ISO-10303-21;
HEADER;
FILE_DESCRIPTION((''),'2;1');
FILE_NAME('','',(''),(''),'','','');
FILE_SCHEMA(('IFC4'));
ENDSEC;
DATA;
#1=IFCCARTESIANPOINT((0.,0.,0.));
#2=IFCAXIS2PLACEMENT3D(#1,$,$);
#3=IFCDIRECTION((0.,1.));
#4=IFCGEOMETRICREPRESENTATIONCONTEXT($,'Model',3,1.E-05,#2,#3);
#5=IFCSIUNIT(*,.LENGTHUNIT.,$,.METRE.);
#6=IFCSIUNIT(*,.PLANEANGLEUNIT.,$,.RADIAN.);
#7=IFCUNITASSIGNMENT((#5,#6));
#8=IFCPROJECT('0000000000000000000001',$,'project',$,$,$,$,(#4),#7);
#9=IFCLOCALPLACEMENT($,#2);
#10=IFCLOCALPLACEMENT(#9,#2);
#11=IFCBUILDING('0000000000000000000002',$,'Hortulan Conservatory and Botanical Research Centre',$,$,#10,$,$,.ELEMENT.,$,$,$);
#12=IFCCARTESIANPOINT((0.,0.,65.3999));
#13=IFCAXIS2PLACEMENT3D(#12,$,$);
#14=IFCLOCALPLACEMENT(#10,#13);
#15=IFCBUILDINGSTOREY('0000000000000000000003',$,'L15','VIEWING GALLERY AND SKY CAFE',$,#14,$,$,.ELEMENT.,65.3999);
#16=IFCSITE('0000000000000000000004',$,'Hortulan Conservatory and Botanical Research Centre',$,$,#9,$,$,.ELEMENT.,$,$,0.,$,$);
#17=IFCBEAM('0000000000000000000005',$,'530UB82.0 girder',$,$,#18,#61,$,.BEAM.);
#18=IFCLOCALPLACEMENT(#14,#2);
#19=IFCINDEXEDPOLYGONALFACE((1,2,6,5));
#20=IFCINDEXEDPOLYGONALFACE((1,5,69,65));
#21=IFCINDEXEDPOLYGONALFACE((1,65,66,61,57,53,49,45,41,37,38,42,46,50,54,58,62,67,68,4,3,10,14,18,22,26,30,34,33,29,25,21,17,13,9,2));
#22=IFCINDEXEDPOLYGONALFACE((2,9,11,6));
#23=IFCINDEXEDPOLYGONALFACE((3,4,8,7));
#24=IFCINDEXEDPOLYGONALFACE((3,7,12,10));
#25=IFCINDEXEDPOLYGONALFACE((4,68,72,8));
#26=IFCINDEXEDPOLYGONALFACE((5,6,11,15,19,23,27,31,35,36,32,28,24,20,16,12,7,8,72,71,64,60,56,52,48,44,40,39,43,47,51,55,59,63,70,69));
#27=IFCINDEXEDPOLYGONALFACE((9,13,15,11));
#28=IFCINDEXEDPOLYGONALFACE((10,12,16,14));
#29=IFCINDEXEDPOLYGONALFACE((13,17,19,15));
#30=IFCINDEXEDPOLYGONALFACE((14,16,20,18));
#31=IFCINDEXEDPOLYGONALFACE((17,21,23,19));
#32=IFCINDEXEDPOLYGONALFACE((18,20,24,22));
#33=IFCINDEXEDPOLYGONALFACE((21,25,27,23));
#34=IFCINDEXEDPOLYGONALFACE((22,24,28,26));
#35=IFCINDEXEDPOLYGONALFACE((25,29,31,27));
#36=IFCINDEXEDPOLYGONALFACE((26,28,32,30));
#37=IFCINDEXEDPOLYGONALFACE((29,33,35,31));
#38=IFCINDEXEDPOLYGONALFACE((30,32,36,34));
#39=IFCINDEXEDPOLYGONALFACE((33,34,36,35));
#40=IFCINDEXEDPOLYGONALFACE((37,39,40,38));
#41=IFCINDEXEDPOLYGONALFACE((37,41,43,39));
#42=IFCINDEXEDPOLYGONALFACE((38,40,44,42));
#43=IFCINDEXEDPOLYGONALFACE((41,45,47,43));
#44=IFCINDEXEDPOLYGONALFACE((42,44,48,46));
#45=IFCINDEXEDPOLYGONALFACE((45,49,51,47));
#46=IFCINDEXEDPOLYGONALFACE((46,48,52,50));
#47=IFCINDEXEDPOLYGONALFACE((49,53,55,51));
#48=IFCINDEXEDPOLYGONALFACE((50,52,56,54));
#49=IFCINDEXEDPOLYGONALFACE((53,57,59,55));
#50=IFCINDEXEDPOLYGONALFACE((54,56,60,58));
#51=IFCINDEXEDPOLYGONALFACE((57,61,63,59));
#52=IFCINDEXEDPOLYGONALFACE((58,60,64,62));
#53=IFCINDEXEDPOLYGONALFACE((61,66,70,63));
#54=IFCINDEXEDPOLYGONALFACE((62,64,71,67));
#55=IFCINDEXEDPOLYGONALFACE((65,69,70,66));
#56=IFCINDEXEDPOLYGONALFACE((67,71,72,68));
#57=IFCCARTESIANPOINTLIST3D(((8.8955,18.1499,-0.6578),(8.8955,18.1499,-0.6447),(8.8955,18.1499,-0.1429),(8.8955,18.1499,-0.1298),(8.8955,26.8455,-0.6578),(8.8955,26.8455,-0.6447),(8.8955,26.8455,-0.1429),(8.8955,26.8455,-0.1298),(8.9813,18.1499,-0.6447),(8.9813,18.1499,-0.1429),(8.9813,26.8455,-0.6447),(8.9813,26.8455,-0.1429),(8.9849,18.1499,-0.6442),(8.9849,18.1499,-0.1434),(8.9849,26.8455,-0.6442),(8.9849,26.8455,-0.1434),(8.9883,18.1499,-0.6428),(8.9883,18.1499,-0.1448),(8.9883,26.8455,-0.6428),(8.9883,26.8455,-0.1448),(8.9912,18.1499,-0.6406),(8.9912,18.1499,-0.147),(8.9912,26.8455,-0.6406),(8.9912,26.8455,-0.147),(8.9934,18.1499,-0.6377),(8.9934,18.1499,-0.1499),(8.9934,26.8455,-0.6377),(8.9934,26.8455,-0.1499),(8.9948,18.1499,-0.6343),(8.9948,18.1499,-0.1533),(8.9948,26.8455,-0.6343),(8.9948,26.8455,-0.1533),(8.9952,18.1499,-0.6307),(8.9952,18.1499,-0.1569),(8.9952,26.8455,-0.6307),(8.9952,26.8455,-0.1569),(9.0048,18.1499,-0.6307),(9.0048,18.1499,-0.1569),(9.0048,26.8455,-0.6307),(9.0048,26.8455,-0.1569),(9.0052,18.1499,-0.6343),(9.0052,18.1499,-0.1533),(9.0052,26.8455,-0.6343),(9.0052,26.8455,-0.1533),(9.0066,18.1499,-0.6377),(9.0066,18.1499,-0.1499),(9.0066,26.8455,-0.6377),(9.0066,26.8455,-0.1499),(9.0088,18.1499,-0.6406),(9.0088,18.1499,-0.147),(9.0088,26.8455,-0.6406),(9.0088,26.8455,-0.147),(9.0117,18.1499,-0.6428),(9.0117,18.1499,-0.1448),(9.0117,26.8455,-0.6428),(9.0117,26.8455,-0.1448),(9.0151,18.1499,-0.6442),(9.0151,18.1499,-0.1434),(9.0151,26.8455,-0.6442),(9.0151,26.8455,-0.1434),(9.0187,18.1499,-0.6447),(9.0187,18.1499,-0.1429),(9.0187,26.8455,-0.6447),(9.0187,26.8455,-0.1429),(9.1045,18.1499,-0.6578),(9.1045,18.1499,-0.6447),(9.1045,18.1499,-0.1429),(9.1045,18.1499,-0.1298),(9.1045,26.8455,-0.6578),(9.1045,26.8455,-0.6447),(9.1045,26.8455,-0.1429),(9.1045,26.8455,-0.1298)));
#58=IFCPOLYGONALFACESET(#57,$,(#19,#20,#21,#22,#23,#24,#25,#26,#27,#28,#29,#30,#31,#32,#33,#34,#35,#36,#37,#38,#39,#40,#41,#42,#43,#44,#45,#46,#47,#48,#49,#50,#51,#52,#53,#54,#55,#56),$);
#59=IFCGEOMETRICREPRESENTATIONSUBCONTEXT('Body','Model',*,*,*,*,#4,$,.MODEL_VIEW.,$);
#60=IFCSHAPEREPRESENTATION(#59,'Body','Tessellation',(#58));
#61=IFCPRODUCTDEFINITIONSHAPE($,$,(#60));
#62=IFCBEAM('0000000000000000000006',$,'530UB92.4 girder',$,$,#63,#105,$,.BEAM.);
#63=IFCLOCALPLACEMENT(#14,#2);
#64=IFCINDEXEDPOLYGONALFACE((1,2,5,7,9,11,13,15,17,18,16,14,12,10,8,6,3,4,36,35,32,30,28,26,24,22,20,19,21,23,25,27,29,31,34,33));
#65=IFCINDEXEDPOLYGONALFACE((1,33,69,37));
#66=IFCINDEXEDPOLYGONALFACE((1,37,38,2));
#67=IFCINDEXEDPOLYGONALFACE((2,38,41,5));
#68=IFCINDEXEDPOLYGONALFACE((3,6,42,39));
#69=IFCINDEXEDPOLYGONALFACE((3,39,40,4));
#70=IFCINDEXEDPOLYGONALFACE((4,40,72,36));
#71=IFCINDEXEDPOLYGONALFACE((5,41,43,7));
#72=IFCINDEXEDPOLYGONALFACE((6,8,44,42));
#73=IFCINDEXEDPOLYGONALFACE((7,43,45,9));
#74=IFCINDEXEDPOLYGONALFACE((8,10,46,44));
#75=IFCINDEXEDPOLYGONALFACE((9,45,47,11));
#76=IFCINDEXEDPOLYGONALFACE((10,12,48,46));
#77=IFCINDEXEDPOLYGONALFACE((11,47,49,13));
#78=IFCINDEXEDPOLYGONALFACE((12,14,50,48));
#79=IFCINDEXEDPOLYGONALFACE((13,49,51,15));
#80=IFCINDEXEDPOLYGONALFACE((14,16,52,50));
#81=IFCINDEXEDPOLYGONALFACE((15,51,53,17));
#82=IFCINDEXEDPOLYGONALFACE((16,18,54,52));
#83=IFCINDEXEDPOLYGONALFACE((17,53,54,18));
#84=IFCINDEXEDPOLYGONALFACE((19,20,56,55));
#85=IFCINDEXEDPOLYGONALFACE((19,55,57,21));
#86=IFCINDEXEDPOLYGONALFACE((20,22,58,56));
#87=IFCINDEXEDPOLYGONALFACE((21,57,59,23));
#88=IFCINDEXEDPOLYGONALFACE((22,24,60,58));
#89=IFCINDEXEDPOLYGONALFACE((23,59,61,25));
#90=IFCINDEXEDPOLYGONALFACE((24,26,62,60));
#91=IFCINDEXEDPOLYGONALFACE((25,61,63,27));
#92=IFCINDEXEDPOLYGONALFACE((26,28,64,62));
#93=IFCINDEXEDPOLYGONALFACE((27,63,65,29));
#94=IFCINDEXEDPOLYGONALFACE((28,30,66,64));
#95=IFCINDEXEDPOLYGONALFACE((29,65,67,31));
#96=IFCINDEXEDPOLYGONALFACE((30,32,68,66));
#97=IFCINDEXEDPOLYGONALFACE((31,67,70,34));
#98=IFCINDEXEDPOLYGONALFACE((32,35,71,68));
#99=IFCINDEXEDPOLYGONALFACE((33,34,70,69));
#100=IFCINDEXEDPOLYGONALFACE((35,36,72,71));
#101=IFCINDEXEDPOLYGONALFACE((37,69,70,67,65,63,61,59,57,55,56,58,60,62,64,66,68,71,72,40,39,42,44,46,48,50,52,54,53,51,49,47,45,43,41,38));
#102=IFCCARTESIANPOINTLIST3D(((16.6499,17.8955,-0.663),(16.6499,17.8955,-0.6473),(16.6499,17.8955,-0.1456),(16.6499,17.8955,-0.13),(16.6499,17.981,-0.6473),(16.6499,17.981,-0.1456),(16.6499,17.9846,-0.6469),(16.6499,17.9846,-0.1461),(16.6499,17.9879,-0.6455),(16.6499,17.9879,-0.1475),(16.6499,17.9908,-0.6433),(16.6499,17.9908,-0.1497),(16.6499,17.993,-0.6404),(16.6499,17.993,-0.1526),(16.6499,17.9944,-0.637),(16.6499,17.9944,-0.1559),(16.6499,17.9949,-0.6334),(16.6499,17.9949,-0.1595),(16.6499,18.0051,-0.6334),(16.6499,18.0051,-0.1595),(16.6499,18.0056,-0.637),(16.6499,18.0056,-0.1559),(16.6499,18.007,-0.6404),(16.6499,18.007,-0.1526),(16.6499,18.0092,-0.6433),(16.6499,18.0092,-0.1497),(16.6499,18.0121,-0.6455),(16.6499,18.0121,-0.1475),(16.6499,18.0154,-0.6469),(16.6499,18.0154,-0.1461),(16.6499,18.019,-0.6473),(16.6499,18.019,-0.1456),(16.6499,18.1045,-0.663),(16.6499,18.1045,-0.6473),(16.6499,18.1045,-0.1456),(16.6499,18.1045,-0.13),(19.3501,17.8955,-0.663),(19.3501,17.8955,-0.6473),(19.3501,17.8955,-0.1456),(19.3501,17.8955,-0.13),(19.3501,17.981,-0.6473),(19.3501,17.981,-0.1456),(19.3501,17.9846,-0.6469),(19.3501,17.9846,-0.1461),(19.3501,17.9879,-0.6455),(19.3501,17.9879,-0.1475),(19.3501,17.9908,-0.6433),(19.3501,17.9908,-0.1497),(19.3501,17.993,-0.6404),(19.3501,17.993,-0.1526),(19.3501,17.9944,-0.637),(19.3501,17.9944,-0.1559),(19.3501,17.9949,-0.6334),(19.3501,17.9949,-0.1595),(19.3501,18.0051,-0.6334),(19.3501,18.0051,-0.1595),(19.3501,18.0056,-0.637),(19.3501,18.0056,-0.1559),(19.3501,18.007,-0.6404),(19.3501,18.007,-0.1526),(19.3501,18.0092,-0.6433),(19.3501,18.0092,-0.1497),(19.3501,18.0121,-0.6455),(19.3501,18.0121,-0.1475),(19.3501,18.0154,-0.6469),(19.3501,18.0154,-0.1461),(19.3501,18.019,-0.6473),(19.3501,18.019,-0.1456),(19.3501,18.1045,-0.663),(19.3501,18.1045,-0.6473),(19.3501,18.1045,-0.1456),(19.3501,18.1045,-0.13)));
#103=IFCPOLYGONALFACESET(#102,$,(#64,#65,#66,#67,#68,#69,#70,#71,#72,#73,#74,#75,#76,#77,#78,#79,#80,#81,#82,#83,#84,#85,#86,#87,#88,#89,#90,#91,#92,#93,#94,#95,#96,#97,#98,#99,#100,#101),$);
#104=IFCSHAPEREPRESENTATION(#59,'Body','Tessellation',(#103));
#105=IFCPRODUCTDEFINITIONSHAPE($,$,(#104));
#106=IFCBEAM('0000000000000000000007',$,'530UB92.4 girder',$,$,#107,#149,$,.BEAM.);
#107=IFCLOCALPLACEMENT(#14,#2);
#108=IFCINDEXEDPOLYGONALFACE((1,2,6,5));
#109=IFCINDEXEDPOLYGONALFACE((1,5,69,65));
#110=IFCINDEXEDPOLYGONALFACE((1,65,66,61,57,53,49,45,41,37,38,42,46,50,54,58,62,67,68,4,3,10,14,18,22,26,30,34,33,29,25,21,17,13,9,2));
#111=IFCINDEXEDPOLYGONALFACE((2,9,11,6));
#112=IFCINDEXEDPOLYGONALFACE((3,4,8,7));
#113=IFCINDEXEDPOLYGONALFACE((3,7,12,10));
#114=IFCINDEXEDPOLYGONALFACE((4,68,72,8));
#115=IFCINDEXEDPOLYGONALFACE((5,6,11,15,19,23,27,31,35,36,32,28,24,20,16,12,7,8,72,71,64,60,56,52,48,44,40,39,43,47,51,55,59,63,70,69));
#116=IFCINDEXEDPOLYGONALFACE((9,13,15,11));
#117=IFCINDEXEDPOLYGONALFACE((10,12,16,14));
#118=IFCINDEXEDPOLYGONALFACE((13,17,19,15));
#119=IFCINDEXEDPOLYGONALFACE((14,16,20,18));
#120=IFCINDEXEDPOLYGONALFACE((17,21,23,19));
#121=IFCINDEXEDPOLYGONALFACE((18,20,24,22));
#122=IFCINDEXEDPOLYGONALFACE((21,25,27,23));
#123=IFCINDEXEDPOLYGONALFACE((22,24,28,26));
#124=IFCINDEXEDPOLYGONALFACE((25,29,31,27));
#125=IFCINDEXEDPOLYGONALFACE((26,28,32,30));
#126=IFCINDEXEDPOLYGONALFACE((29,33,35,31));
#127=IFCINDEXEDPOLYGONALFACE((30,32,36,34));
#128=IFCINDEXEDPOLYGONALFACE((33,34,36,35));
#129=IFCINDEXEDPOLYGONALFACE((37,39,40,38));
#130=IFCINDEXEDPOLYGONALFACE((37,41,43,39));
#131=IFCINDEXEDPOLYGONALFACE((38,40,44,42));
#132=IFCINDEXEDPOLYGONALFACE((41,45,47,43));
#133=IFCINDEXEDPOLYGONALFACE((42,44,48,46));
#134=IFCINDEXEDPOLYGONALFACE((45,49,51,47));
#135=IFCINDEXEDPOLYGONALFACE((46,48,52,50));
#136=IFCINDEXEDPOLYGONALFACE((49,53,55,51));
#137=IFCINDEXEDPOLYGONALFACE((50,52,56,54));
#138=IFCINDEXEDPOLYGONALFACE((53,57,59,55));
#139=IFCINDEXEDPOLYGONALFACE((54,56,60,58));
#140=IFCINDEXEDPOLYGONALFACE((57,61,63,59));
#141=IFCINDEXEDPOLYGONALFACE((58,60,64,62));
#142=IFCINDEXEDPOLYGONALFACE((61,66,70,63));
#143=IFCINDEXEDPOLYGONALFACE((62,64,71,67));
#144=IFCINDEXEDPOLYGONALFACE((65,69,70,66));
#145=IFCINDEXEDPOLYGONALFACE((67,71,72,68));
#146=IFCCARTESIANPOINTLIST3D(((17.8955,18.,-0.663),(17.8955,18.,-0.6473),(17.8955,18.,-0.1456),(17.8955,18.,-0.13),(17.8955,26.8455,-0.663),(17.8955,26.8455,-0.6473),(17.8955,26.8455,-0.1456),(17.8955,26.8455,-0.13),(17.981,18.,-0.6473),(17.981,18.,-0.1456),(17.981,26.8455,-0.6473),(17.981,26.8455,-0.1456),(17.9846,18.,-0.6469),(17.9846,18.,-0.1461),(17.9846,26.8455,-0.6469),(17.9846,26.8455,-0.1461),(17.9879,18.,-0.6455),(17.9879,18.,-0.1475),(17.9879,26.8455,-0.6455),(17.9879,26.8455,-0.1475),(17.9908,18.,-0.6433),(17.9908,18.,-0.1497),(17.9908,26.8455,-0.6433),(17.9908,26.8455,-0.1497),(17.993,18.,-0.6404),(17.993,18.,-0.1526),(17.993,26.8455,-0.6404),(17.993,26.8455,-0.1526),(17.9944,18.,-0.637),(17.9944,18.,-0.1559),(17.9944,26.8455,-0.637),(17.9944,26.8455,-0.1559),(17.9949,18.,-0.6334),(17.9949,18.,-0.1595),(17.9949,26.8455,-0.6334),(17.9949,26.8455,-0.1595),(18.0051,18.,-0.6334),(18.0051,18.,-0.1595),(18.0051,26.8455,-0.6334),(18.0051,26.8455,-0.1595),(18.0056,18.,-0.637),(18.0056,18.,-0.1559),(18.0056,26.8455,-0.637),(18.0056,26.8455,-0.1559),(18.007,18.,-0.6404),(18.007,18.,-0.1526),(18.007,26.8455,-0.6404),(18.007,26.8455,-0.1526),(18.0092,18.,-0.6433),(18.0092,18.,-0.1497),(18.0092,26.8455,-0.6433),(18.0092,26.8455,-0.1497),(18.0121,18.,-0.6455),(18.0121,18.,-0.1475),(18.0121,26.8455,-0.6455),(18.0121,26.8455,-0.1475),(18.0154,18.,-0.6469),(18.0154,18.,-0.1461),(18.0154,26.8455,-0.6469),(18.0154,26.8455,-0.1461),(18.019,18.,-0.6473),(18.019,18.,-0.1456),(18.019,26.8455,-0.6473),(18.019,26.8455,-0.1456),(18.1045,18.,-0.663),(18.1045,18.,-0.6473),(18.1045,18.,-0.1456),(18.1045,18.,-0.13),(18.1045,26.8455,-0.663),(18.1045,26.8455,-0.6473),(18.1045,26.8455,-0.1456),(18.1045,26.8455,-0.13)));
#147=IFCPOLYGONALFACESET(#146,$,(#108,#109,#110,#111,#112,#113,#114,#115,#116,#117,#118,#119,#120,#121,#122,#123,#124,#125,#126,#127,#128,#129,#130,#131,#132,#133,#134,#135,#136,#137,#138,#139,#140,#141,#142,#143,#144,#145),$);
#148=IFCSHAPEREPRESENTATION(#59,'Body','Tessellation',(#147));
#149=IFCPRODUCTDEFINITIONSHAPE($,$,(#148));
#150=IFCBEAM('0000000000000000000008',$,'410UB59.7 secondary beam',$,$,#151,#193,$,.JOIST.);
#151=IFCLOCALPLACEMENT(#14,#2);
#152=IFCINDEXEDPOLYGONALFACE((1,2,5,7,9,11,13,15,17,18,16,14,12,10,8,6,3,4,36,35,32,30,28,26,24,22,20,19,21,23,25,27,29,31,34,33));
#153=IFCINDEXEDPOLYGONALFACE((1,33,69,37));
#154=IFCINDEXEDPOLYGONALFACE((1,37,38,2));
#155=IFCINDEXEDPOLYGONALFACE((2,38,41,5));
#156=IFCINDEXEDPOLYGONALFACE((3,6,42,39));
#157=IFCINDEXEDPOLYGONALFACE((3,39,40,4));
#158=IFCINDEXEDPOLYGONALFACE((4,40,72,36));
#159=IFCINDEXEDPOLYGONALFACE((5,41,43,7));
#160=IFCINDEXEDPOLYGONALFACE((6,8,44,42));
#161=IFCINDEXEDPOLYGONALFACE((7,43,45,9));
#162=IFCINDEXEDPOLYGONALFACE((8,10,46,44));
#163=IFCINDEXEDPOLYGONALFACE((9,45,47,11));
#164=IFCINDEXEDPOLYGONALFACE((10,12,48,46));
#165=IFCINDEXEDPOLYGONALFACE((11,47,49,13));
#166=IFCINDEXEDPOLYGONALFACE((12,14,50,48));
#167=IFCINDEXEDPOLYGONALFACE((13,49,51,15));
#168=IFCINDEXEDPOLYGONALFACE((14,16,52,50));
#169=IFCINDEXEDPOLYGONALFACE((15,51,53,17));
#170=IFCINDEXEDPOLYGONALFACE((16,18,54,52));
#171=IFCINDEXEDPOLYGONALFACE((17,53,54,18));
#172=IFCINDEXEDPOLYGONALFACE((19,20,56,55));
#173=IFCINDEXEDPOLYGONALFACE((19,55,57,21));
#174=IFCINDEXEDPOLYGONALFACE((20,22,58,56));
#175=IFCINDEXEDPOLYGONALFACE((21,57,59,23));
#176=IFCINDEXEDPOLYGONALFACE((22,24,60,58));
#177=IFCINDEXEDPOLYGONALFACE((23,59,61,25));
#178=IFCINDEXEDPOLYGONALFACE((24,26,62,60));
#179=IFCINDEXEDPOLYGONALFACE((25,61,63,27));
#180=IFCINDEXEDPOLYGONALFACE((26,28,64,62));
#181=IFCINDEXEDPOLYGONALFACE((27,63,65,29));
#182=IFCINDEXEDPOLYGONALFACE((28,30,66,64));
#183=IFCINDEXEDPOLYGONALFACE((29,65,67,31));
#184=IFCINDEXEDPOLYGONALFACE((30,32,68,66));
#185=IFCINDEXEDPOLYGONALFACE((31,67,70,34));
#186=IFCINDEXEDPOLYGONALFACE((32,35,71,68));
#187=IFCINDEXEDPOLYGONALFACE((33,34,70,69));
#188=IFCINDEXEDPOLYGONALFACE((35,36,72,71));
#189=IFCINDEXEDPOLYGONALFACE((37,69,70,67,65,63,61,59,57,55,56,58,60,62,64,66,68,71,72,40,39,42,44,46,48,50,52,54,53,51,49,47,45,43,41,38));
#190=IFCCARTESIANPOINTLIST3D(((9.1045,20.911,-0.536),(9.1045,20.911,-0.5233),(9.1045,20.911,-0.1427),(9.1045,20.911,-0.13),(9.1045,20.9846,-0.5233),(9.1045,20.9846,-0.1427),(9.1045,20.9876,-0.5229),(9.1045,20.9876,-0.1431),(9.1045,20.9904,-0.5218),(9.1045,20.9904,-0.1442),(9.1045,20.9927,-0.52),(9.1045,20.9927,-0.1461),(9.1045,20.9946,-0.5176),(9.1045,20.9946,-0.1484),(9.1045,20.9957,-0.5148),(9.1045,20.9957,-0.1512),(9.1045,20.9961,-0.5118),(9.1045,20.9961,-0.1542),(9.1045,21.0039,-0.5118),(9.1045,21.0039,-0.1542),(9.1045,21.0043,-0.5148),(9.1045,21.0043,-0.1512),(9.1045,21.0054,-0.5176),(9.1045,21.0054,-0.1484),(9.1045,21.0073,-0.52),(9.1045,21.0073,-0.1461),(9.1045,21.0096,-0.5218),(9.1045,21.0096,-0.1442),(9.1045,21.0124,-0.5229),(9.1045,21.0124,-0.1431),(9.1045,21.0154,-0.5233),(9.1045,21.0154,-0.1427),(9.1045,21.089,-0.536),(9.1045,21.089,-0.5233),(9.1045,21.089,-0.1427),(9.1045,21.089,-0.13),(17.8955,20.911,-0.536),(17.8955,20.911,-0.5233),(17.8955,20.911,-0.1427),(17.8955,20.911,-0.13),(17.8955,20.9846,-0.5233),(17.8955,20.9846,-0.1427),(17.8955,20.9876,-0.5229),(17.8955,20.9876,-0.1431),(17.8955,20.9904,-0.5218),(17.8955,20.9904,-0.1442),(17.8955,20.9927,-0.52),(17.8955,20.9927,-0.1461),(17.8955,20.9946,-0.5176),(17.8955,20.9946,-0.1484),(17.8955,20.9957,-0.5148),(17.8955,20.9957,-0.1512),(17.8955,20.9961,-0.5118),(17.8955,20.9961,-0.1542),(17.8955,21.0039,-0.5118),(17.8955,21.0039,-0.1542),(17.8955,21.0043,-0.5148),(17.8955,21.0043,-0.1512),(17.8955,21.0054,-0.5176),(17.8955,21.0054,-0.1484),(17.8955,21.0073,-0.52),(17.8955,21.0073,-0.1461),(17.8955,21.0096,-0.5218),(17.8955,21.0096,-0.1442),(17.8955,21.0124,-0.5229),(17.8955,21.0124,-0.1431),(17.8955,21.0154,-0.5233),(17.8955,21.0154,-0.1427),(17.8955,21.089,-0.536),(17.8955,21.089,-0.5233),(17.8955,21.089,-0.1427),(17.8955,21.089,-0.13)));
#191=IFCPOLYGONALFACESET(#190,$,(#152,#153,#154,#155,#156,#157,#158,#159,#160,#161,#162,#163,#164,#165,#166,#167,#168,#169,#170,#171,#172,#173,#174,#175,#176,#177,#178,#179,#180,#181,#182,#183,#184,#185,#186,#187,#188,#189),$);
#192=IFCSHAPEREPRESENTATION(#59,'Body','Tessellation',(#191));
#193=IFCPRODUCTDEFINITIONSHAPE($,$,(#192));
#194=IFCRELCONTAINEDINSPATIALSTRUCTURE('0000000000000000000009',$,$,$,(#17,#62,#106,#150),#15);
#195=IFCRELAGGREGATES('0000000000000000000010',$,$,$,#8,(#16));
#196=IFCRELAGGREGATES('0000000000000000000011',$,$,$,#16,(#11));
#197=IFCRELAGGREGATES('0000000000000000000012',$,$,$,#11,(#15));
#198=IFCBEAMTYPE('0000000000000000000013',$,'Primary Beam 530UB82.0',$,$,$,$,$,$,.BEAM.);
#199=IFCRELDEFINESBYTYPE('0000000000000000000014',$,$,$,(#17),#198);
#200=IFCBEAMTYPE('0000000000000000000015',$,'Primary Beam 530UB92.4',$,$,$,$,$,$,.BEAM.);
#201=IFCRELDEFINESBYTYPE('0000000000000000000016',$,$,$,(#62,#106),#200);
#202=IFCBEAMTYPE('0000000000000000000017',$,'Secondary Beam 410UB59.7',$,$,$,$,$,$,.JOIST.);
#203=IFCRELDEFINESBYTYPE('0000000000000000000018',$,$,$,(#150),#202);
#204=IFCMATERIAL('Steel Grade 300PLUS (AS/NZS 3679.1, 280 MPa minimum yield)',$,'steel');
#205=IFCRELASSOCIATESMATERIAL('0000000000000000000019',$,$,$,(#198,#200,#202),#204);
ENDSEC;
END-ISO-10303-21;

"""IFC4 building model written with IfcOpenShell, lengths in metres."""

from ifc_helpers import new_model, si_unit, direction, frame, origin, origin_2d, place, context, subcontext, project, spatial, i_section, extrude, material, material_profile, profile_set, type_object, element, save


model = new_model("IFC4")

# Units and contexts
model_context = context("Model", 3, precision=1e-05, world=origin(), true_north=direction((0.0, 1.0)))
body_context = subcontext(model_context, "Body", "Model", "MODEL_VIEW")
ifc_project = project(units=[si_unit("LENGTHUNIT", "METRE"), si_unit("PLANEANGLEUNIT", "RADIAN")], contexts=[model_context])

# Site, building, storey
site_placement = place(None, origin())
site = spatial("IfcSite", under=ifc_project, at=site_placement, Name="Hortulan Conservatory and Botanical Research Centre", CompositionType="ELEMENT", RefElevation=0.0)
building_placement = place(site_placement, origin())
building = spatial("IfcBuilding", under=site, at=building_placement, Name="Hortulan Conservatory and Botanical Research Centre", CompositionType="ELEMENT")
storey_placement = place(building_placement, frame((0.0, 0.0, 65.3999)))
storey = spatial("IfcBuildingStorey", under=building, at=storey_placement, Name="L15", Description="VIEWING GALLERY AND SKY CAFE", CompositionType="ELEMENT", Elevation=65.3999)

# Beams
ifc_material_1 = material(Name="Steel Grade 300PLUS (AS/NZS 3679.1, 280 MPa minimum yield)", Category="steel")
ifc_material_profile_1 = material_profile(ifc_material_1, i_section(OverallWidth=0.209, OverallDepth=0.5281, WebThickness=0.0095, FlangeThickness=0.0132, FilletRadius=0.0139, at=origin_2d()), Name="530UB82.0")
ifc_profile_set_1 = profile_set([ifc_material_profile_1], Name="Steel Grade 300PLUS (AS/NZS 3679.1, 280 MPa minimum yield)")
beam_type_1 = type_object("IfcBeamType", Name="Primary Beam 530UB82.0", PredefinedType="BEAM", material=ifc_profile_set_1)
beam_1_placement = place(storey_placement, frame((9.0, 18.1499, -0.3938), z_axis=(0.0, 1.0, 0.0), x_axis=(-1.0, 0.0, 0.0)))
element("IfcBeam", 1, at=beam_1_placement, inside=storey, type_object=beam_type_1, Name="530UB82.0 girder", PredefinedType="BEAM", context=body_context, shape_type="SweptSolid", body=[
    extrude(i_section(OverallWidth=0.209, OverallDepth=0.5281, WebThickness=0.0095, FlangeThickness=0.0132, FilletRadius=0.0139, at=origin_2d()), origin(), (0.0, 0.0, 1.0), 8.6956),
])
ifc_material_profile_2 = material_profile(ifc_material_1, i_section(OverallWidth=0.209, OverallDepth=0.533, WebThickness=0.0103, FlangeThickness=0.0156, FilletRadius=0.0139, at=origin_2d()), Name="530UB92.4")
ifc_profile_set_2 = profile_set([ifc_material_profile_2], Name="Steel Grade 300PLUS (AS/NZS 3679.1, 280 MPa minimum yield)")
beam_type_2 = type_object("IfcBeamType", Name="Primary Beam 530UB92.4", PredefinedType="BEAM", material=ifc_profile_set_2)
beam_2_placement = place(storey_placement, frame((16.6499, 18.0, -0.3965), z_axis=(1.0, 0.0, 0.0), x_axis=(0.0, 1.0, 0.0)))
element("IfcBeam", 2, at=beam_2_placement, inside=storey, type_object=beam_type_2, Name="530UB92.4 girder", PredefinedType="BEAM", context=body_context, shape_type="SweptSolid", body=[
    extrude(i_section(OverallWidth=0.209, OverallDepth=0.533, WebThickness=0.0103, FlangeThickness=0.0156, FilletRadius=0.0139, at=origin_2d()), origin(), (0.0, 0.0, 1.0), 2.7002),
])
beam_3_placement = place(storey_placement, frame((18.0, 18.0, -0.3965), z_axis=(0.0, 1.0, 0.0), x_axis=(-1.0, 0.0, 0.0)))
element("IfcBeam", 3, at=beam_3_placement, inside=storey, type_object=beam_type_2, Name="530UB92.4 girder", PredefinedType="BEAM", context=body_context, shape_type="SweptSolid", body=[
    extrude(i_section(OverallWidth=0.209, OverallDepth=0.533, WebThickness=0.0103, FlangeThickness=0.0156, FilletRadius=0.0139, at=origin_2d()), origin(), (0.0, 0.0, 1.0), 8.8455),
])
ifc_material_profile_3 = material_profile(ifc_material_1, i_section(OverallWidth=0.178, OverallDepth=0.406, WebThickness=0.0078, FlangeThickness=0.0127, FilletRadius=0.0115, at=origin_2d()), Name="410UB59.7")
ifc_profile_set_3 = profile_set([ifc_material_profile_3], Name="Steel Grade 300PLUS (AS/NZS 3679.1, 280 MPa minimum yield)")
beam_type_3 = type_object("IfcBeamType", Name="Secondary Beam 410UB59.7", PredefinedType="JOIST", material=ifc_profile_set_3)
beam_4_placement = place(storey_placement, frame((9.1045, 21.0, -0.333), z_axis=(1.0, 0.0, 0.0), x_axis=(0.0, 1.0, 0.0)))
element("IfcBeam", 4, at=beam_4_placement, inside=storey, type_object=beam_type_3, Name="410UB59.7 secondary beam", PredefinedType="JOIST", context=body_context, shape_type="SweptSolid", body=[
    extrude(i_section(OverallWidth=0.178, OverallDepth=0.406, WebThickness=0.0078, FlangeThickness=0.0127, FilletRadius=0.0115, at=origin_2d()), origin(), (0.0, 0.0, 1.0), 8.791),
])

save(model, "model.ifc")
